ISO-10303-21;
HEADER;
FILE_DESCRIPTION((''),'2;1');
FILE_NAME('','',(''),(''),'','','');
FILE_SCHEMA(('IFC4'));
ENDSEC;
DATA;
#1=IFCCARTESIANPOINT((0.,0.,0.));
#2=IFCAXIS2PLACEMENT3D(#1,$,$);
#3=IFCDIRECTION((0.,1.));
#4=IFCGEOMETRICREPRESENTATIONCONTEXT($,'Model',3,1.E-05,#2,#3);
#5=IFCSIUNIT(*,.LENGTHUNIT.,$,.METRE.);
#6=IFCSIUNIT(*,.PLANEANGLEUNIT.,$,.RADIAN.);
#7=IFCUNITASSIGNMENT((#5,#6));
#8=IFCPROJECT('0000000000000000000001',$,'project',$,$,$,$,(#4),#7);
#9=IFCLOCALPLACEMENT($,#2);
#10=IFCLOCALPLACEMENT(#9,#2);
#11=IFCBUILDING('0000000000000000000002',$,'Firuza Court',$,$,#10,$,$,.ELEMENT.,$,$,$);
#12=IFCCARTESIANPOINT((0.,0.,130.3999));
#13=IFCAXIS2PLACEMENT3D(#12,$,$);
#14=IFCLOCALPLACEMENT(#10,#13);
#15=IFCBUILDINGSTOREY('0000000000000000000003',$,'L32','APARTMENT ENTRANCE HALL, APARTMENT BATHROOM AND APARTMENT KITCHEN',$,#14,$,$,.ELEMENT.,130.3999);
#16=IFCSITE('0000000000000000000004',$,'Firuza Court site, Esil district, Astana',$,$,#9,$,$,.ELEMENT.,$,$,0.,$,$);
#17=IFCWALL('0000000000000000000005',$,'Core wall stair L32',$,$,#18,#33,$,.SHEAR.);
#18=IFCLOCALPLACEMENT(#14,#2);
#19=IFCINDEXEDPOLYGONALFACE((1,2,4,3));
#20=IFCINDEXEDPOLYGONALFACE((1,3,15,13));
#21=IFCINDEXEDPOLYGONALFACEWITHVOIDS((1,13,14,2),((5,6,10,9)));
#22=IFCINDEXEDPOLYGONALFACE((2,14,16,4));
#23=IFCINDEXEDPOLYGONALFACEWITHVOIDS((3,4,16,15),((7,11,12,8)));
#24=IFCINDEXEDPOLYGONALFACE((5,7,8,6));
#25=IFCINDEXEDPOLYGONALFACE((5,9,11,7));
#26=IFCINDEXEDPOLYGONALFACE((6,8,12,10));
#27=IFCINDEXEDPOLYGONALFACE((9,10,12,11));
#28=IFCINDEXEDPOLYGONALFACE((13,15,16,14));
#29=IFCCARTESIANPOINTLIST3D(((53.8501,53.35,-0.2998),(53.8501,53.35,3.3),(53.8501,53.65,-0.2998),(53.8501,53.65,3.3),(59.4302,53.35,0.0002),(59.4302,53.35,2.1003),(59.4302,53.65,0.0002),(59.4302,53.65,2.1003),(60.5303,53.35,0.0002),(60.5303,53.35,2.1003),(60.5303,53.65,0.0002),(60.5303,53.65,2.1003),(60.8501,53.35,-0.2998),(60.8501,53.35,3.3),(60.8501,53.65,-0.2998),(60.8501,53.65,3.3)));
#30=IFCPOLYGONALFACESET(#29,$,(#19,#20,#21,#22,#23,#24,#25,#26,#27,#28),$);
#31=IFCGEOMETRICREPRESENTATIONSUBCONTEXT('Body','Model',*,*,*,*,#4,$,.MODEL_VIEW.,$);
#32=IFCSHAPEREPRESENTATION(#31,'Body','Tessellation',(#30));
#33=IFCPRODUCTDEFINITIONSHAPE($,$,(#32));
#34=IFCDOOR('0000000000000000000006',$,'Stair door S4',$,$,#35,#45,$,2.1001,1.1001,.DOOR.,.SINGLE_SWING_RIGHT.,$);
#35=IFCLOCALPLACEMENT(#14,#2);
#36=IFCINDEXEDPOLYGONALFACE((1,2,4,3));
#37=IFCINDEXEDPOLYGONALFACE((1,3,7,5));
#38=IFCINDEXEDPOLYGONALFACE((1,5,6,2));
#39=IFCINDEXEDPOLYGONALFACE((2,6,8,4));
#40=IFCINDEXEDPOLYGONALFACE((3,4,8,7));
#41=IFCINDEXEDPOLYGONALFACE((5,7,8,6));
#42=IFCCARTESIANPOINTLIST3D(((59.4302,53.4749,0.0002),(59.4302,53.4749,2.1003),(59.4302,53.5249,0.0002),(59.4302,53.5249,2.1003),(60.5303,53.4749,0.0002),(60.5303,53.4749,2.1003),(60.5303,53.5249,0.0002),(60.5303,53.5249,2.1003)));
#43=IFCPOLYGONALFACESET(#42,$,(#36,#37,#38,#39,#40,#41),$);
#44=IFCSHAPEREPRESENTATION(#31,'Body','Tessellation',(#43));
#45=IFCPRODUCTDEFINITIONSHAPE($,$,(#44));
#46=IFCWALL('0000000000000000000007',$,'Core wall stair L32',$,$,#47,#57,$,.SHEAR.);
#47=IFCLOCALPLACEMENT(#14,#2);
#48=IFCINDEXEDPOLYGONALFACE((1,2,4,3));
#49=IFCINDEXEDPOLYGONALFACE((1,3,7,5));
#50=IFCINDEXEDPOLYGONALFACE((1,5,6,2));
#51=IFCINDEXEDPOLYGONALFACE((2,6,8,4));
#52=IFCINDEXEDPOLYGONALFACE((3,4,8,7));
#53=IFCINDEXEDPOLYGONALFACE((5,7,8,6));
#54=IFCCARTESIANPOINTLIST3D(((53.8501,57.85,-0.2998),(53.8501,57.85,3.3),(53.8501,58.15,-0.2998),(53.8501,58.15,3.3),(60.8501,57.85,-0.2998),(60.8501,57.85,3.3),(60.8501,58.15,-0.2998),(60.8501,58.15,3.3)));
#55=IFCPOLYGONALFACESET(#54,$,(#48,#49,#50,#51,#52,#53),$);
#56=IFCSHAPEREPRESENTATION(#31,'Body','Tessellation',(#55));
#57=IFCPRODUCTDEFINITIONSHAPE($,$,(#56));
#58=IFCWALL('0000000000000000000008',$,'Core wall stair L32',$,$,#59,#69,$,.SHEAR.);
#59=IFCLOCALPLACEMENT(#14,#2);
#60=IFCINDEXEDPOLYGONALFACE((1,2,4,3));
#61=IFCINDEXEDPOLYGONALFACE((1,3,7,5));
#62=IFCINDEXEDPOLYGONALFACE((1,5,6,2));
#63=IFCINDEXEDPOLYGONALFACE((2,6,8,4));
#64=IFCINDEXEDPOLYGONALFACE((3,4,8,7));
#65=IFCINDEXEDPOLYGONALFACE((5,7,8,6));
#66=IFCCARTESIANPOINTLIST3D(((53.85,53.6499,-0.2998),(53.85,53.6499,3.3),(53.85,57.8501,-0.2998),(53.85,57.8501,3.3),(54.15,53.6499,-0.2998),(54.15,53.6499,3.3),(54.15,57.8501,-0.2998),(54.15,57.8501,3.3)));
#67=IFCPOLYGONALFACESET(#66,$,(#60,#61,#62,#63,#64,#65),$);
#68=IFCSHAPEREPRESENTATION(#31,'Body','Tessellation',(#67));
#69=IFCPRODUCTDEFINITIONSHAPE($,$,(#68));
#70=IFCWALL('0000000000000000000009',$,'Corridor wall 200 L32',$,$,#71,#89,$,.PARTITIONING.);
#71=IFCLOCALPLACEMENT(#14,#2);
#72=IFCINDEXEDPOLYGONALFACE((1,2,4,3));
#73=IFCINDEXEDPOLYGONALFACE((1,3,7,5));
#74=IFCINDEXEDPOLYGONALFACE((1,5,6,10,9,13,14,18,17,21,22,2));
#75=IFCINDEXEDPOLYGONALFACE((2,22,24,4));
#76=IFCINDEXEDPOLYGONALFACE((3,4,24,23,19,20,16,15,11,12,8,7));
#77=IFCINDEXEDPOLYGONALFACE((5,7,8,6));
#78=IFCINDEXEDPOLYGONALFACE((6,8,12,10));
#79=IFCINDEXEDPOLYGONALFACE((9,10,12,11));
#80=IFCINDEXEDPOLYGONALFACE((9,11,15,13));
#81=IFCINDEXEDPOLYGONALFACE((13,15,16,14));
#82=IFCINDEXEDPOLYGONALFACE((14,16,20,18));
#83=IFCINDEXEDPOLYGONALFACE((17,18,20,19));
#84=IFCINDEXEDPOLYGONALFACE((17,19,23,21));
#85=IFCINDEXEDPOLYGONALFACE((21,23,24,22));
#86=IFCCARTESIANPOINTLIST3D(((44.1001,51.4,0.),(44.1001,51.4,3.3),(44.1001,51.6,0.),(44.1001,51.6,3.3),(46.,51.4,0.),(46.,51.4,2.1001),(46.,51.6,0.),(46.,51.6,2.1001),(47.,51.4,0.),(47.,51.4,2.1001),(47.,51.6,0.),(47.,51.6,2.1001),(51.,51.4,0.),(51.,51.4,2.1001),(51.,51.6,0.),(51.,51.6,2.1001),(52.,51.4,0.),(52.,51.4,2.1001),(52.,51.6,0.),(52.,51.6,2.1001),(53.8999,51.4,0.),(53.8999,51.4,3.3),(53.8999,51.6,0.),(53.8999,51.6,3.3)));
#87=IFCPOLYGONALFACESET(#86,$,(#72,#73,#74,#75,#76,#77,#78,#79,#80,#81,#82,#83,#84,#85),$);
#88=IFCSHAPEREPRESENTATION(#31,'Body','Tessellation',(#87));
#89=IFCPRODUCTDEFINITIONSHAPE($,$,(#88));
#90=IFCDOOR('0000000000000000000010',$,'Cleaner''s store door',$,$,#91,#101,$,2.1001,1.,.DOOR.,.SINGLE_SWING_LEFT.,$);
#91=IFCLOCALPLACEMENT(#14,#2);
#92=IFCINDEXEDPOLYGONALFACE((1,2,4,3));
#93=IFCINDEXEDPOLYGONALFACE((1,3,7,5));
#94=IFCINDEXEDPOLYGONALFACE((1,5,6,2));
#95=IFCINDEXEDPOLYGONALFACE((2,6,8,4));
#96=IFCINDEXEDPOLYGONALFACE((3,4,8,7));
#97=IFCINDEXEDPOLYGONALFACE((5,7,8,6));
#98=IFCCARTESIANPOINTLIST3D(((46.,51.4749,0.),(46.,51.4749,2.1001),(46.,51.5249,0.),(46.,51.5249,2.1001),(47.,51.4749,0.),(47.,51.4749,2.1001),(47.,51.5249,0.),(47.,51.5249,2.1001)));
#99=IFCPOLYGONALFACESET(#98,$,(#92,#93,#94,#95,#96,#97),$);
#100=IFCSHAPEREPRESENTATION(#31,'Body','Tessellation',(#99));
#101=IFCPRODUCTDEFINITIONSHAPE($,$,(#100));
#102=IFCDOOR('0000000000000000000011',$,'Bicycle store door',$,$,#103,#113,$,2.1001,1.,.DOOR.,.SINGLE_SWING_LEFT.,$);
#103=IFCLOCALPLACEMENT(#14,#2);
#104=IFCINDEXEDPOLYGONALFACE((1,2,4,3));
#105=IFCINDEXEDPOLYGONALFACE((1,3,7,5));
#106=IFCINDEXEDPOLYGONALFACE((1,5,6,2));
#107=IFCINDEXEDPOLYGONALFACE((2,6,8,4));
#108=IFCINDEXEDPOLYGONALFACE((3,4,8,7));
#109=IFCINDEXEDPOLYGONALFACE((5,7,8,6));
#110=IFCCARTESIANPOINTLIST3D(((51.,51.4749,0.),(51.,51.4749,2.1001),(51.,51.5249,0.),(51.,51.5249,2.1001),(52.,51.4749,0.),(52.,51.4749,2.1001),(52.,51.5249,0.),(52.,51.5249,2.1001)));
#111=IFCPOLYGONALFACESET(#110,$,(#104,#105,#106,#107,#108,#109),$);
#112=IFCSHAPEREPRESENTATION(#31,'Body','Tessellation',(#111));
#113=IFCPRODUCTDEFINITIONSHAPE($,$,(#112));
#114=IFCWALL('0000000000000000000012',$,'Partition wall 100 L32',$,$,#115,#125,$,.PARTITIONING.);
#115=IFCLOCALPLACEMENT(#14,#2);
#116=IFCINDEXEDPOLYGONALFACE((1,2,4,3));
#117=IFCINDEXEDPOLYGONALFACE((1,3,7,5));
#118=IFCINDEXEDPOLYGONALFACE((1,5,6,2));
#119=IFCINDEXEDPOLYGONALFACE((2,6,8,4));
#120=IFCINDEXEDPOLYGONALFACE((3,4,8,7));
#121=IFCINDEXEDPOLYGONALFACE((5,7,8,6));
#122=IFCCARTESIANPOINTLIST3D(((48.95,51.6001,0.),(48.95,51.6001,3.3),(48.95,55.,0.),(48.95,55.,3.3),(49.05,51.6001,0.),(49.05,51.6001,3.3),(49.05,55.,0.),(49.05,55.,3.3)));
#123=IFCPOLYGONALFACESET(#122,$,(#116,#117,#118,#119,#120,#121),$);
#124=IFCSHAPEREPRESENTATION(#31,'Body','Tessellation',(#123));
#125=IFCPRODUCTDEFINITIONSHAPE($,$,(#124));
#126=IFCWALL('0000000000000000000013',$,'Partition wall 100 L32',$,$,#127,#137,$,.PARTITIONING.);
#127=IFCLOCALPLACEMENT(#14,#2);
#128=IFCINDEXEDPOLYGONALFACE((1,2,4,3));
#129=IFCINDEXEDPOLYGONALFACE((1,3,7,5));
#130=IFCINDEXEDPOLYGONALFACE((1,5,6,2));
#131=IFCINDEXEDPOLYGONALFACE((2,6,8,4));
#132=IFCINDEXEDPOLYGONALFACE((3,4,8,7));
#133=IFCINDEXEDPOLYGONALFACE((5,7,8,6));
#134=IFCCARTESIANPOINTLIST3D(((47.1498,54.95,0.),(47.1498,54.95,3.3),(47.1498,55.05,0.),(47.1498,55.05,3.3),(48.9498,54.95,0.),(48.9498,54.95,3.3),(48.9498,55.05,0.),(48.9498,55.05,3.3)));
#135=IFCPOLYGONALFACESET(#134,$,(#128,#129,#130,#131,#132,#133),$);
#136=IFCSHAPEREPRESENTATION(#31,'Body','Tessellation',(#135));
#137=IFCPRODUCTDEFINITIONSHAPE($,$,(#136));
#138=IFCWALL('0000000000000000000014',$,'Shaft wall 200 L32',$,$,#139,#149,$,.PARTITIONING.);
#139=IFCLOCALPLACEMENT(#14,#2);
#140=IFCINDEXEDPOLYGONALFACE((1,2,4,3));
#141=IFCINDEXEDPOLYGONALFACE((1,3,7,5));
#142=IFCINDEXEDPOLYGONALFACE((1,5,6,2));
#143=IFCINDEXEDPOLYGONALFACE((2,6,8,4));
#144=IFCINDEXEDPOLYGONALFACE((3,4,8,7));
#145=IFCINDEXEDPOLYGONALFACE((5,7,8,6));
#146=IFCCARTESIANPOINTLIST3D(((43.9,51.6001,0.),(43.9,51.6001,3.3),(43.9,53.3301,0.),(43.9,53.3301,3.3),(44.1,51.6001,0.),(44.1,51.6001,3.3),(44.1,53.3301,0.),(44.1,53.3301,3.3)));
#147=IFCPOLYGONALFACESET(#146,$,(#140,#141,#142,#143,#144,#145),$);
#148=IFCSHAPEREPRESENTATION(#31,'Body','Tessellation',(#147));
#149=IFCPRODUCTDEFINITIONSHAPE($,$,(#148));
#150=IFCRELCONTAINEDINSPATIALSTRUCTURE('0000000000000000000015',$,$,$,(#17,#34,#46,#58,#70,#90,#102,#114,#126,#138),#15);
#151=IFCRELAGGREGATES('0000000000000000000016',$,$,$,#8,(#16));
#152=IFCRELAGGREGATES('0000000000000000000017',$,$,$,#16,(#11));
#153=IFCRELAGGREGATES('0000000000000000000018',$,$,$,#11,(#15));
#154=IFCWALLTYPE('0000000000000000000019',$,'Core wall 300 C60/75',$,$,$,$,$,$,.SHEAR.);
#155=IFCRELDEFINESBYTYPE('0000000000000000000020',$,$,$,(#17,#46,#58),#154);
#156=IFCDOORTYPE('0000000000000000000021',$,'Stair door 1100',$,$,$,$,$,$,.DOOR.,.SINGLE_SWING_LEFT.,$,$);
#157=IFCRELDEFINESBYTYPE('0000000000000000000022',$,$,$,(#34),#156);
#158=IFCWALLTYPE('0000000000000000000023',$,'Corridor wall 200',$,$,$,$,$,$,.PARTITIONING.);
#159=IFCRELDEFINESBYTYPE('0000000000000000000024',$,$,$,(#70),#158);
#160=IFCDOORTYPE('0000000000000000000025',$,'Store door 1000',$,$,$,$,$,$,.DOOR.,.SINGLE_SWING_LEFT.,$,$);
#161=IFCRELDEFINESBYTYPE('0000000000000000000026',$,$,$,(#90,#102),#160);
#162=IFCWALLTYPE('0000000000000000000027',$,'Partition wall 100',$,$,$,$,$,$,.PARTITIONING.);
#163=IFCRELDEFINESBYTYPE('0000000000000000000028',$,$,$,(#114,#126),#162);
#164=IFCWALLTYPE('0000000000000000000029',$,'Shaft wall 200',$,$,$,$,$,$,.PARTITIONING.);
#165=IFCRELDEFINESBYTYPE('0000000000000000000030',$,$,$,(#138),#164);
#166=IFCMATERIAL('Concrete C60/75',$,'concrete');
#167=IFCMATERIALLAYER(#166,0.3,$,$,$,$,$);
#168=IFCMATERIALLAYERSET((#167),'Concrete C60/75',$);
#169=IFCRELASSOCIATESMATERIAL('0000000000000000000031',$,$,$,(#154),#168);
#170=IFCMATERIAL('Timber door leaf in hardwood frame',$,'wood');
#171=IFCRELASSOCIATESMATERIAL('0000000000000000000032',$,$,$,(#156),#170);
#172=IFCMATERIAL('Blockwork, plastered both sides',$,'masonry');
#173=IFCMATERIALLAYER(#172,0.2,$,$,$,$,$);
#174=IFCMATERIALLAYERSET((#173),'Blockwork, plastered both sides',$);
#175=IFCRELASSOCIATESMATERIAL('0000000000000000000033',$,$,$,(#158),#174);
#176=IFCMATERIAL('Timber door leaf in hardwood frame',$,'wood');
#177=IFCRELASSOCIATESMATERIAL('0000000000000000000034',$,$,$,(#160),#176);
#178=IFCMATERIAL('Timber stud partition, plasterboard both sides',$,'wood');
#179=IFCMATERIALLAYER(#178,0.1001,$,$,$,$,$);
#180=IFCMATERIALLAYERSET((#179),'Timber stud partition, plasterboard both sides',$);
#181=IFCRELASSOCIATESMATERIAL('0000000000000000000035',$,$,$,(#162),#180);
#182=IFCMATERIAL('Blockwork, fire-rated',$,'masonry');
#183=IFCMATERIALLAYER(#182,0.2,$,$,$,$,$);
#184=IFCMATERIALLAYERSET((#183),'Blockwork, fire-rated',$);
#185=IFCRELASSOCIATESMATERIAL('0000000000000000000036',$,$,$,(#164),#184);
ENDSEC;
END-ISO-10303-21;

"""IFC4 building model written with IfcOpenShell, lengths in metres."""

from ifc_helpers import new_model, si_unit, direction, frame, frame_2d, origin, place, context, subcontext, project, spatial, rectangle, extrude, material, layer, layer_set, type_object, element, fill, save


model = new_model("IFC4")

# Units and contexts
model_context = context("Model", 3, precision=1e-05, world=origin(), true_north=direction((0.0, 1.0)))
body_context = subcontext(model_context, "Body", "Model", "MODEL_VIEW")
ifc_project = project(units=[si_unit("LENGTHUNIT", "METRE"), si_unit("PLANEANGLEUNIT", "RADIAN")], contexts=[model_context])

# Site, building, storey
site_placement = place(None, origin())
site = spatial("IfcSite", under=ifc_project, at=site_placement, Name="Firuza Court site, Esil district, Astana", CompositionType="ELEMENT", RefElevation=0.0)
building_placement = place(site_placement, origin())
building = spatial("IfcBuilding", under=site, at=building_placement, Name="Firuza Court", CompositionType="ELEMENT")
storey_placement = place(building_placement, frame((0.0, 0.0, 130.3999)))
storey = spatial("IfcBuildingStorey", under=building, at=storey_placement, Name="L32", Description="APARTMENT ENTRANCE HALL, APARTMENT BATHROOM AND APARTMENT KITCHEN", CompositionType="ELEMENT", Elevation=130.3999)

# Shared definitions
ifc_material_1 = material(Name="Concrete C60/75", Category="concrete")
ifc_layer_1 = layer(ifc_material_1, 0.3)
ifc_layer_set_1 = layer_set([ifc_layer_1], Name="Concrete C60/75")
wall_type_1 = type_object("IfcWallType", Name="Core wall 300 C60/75", PredefinedType="SHEAR", material=ifc_layer_set_1)

# Wall, opening, door
wall_1_placement = place(storey_placement, frame((53.8501, 53.5, -0.2998), z_axis=(0.0, 0.0, 1.0), x_axis=(1.0, 0.0, 0.0)))
wall_1 = element("IfcWall", 1, at=wall_1_placement, inside=storey, type_object=wall_type_1, Name="Core wall stair L32", PredefinedType="SHEAR", context=body_context, shape_type="SweptSolid", body=[
    extrude(rectangle(XDim=7.0, YDim=0.3, at=frame_2d((3.5, 0.0))), origin(), (0.0, 0.0, 1.0), 3.5999),
])
opening_1_placement = place(wall_1_placement, frame((5.5801, 0.0, 0.3)))
opening_1 = element("IfcOpeningElement", 2, at=opening_1_placement, cuts=wall_1, PredefinedType="OPENING", context=body_context, shape_type="SweptSolid", body=[
    extrude(rectangle(XDim=1.1001, YDim=2.1001, at=frame_2d((0.55, 1.05))), frame((0.0, 0.1621, 0.0), z_axis=(0.0, -1.0, 0.0), x_axis=(1.0, 0.0, 0.0)), (0.0, 0.0, 1.0), 0.324),
])
ifc_material_2 = material(Name="Timber door leaf in hardwood frame", Category="wood")
door_type_1 = type_object("IfcDoorType", Name="Stair door 1100", OperationType="SINGLE_SWING_LEFT", PredefinedType="DOOR", material=ifc_material_2)
door_1_placement = place(opening_1_placement, origin())
door_1 = element("IfcDoor", 3, at=door_1_placement, inside=storey, type_object=door_type_1, Name="Stair door S4", OperationType="SINGLE_SWING_RIGHT", OverallHeight=2.1001, OverallWidth=1.1001, PredefinedType="DOOR", context=body_context, shape_type="SweptSolid", body=[
    extrude(rectangle(XDim=1.1001, YDim=2.1001, at=frame_2d((0.55, 1.05))), frame((0.0, 0.0249, 0.0), z_axis=(0.0, -1.0, 0.0), x_axis=(1.0, 0.0, 0.0)), (0.0, 0.0, 1.0), 0.05),
])
fill(opening_1, door_1)

# Walls
wall_2_placement = place(storey_placement, frame((53.8501, 58.0, -0.2998), z_axis=(0.0, 0.0, 1.0), x_axis=(1.0, 0.0, 0.0)))
element("IfcWall", 4, at=wall_2_placement, inside=storey, type_object=wall_type_1, Name="Core wall stair L32", PredefinedType="SHEAR", context=body_context, shape_type="SweptSolid", body=[
    extrude(rectangle(XDim=7.0, YDim=0.3, at=frame_2d((3.5, 0.0))), origin(), (0.0, 0.0, 1.0), 3.5999),
])
wall_3_placement = place(storey_placement, frame((54.0, 53.6499, -0.2998), z_axis=(0.0, 0.0, 1.0), x_axis=(0.0, 1.0, 0.0)))
element("IfcWall", 5, at=wall_3_placement, inside=storey, type_object=wall_type_1, Name="Core wall stair L32", PredefinedType="SHEAR", context=body_context, shape_type="SweptSolid", body=[
    extrude(rectangle(XDim=4.2002, YDim=0.3, at=frame_2d((2.1001, 0.0))), origin(), (0.0, 0.0, 1.0), 3.5999),
])

# Wall, openings, doors
ifc_material_3 = material(Name="Blockwork, plastered both sides", Category="masonry")
ifc_layer_2 = layer(ifc_material_3, 0.2)
ifc_layer_set_2 = layer_set([ifc_layer_2], Name="Blockwork, plastered both sides")
wall_type_2 = type_object("IfcWallType", Name="Corridor wall 200", PredefinedType="PARTITIONING", material=ifc_layer_set_2)
wall_4_placement = place(storey_placement, frame((44.1001, 51.5, 0.0), z_axis=(0.0, 0.0, 1.0), x_axis=(1.0, 0.0, 0.0)))
wall_4 = element("IfcWall", 6, at=wall_4_placement, inside=storey, type_object=wall_type_2, Name="Corridor wall 200 L32", PredefinedType="PARTITIONING", context=body_context, shape_type="SweptSolid", body=[
    extrude(rectangle(XDim=9.7998, YDim=0.2, at=frame_2d((4.8999, 0.0))), origin(), (0.0, 0.0, 1.0), 3.3),
])
opening_2_placement = place(wall_4_placement, frame((1.8999, 0.0, 0.0)))
opening_2 = element("IfcOpeningElement", 7, at=opening_2_placement, cuts=wall_4, PredefinedType="OPENING", context=body_context, shape_type="SweptSolid", body=[
    extrude(rectangle(XDim=1.0, YDim=2.1001, at=frame_2d((0.5, 1.05))), frame((0.0, 0.1118, 0.0), z_axis=(0.0, -1.0, 0.0), x_axis=(1.0, 0.0, 0.0)), (0.0, 0.0, 1.0), 0.2239),
])
opening_3_placement = place(wall_4_placement, frame((6.8999, 0.0, 0.0)))
opening_3 = element("IfcOpeningElement", 8, at=opening_3_placement, cuts=wall_4, PredefinedType="OPENING", context=body_context, shape_type="SweptSolid", body=[
    extrude(rectangle(XDim=1.0, YDim=2.1001, at=frame_2d((0.5, 1.05))), frame((0.0, 0.1118, 0.0), z_axis=(0.0, -1.0, 0.0), x_axis=(1.0, 0.0, 0.0)), (0.0, 0.0, 1.0), 0.2239),
])
ifc_material_4 = material(Name="Timber door leaf in hardwood frame", Category="wood")
door_type_2 = type_object("IfcDoorType", Name="Store door 1000", OperationType="SINGLE_SWING_LEFT", PredefinedType="DOOR", material=ifc_material_4)
door_2_placement = place(opening_2_placement, origin())
door_2 = element("IfcDoor", 9, at=door_2_placement, inside=storey, type_object=door_type_2, Name="Cleaner's store door", OperationType="SINGLE_SWING_LEFT", OverallHeight=2.1001, OverallWidth=1.0, PredefinedType="DOOR", context=body_context, shape_type="SweptSolid", body=[
    extrude(rectangle(XDim=1.0, YDim=2.1001, at=frame_2d((0.5, 1.05))), frame((0.0, 0.0249, 0.0), z_axis=(0.0, -1.0, 0.0), x_axis=(1.0, 0.0, 0.0)), (0.0, 0.0, 1.0), 0.05),
])
fill(opening_2, door_2)
door_3_placement = place(opening_3_placement, origin())
door_3 = element("IfcDoor", 10, at=door_3_placement, inside=storey, type_object=door_type_2, Name="Bicycle store door", OperationType="SINGLE_SWING_LEFT", OverallHeight=2.1001, OverallWidth=1.0, PredefinedType="DOOR", context=body_context, shape_type="SweptSolid", body=[
    extrude(rectangle(XDim=1.0, YDim=2.1001, at=frame_2d((0.5, 1.05))), frame((0.0, 0.0249, 0.0), z_axis=(0.0, -1.0, 0.0), x_axis=(1.0, 0.0, 0.0)), (0.0, 0.0, 1.0), 0.05),
])
fill(opening_3, door_3)

# Walls
ifc_material_5 = material(Name="Timber stud partition, plasterboard both sides", Category="wood")
ifc_layer_3 = layer(ifc_material_5, 0.1001)
ifc_layer_set_3 = layer_set([ifc_layer_3], Name="Timber stud partition, plasterboard both sides")
wall_type_3 = type_object("IfcWallType", Name="Partition wall 100", PredefinedType="PARTITIONING", material=ifc_layer_set_3)
wall_5_placement = place(storey_placement, frame((49.0, 51.6001, 0.0), z_axis=(0.0, 0.0, 1.0), x_axis=(0.0, 1.0, 0.0)))
element("IfcWall", 11, at=wall_5_placement, inside=storey, type_object=wall_type_3, Name="Partition wall 100 L32", PredefinedType="PARTITIONING", context=body_context, shape_type="SweptSolid", body=[
    extrude(rectangle(XDim=3.3999, YDim=0.1001, at=frame_2d((1.7, 0.0))), origin(), (0.0, 0.0, 1.0), 3.3),
])
wall_6_placement = place(storey_placement, frame((47.1499, 55.0, 0.0), z_axis=(0.0, 0.0, 1.0), x_axis=(1.0, 0.0, 0.0)))
element("IfcWall", 12, at=wall_6_placement, inside=storey, type_object=wall_type_3, Name="Partition wall 100 L32", PredefinedType="PARTITIONING", context=body_context, shape_type="SweptSolid", body=[
    extrude(rectangle(XDim=1.8, YDim=0.1001, at=frame_2d((0.8999, 0.0))), origin(), (0.0, 0.0, 1.0), 3.3),
])
ifc_material_6 = material(Name="Blockwork, fire-rated", Category="masonry")
ifc_layer_4 = layer(ifc_material_6, 0.2)
ifc_layer_set_4 = layer_set([ifc_layer_4], Name="Blockwork, fire-rated")
wall_type_4 = type_object("IfcWallType", Name="Shaft wall 200", PredefinedType="PARTITIONING", material=ifc_layer_set_4)
wall_7_placement = place(storey_placement, frame((44.0, 51.6001, 0.0), z_axis=(0.0, 0.0, 1.0), x_axis=(0.0, 1.0, 0.0)))
element("IfcWall", 13, at=wall_7_placement, inside=storey, type_object=wall_type_4, Name="Shaft wall 200 L32", PredefinedType="PARTITIONING", context=body_context, shape_type="SweptSolid", body=[
    extrude(rectangle(XDim=1.73, YDim=0.2, at=frame_2d((0.865, 0.0))), origin(), (0.0, 0.0, 1.0), 3.3),
])

save(model, "model.ifc")
